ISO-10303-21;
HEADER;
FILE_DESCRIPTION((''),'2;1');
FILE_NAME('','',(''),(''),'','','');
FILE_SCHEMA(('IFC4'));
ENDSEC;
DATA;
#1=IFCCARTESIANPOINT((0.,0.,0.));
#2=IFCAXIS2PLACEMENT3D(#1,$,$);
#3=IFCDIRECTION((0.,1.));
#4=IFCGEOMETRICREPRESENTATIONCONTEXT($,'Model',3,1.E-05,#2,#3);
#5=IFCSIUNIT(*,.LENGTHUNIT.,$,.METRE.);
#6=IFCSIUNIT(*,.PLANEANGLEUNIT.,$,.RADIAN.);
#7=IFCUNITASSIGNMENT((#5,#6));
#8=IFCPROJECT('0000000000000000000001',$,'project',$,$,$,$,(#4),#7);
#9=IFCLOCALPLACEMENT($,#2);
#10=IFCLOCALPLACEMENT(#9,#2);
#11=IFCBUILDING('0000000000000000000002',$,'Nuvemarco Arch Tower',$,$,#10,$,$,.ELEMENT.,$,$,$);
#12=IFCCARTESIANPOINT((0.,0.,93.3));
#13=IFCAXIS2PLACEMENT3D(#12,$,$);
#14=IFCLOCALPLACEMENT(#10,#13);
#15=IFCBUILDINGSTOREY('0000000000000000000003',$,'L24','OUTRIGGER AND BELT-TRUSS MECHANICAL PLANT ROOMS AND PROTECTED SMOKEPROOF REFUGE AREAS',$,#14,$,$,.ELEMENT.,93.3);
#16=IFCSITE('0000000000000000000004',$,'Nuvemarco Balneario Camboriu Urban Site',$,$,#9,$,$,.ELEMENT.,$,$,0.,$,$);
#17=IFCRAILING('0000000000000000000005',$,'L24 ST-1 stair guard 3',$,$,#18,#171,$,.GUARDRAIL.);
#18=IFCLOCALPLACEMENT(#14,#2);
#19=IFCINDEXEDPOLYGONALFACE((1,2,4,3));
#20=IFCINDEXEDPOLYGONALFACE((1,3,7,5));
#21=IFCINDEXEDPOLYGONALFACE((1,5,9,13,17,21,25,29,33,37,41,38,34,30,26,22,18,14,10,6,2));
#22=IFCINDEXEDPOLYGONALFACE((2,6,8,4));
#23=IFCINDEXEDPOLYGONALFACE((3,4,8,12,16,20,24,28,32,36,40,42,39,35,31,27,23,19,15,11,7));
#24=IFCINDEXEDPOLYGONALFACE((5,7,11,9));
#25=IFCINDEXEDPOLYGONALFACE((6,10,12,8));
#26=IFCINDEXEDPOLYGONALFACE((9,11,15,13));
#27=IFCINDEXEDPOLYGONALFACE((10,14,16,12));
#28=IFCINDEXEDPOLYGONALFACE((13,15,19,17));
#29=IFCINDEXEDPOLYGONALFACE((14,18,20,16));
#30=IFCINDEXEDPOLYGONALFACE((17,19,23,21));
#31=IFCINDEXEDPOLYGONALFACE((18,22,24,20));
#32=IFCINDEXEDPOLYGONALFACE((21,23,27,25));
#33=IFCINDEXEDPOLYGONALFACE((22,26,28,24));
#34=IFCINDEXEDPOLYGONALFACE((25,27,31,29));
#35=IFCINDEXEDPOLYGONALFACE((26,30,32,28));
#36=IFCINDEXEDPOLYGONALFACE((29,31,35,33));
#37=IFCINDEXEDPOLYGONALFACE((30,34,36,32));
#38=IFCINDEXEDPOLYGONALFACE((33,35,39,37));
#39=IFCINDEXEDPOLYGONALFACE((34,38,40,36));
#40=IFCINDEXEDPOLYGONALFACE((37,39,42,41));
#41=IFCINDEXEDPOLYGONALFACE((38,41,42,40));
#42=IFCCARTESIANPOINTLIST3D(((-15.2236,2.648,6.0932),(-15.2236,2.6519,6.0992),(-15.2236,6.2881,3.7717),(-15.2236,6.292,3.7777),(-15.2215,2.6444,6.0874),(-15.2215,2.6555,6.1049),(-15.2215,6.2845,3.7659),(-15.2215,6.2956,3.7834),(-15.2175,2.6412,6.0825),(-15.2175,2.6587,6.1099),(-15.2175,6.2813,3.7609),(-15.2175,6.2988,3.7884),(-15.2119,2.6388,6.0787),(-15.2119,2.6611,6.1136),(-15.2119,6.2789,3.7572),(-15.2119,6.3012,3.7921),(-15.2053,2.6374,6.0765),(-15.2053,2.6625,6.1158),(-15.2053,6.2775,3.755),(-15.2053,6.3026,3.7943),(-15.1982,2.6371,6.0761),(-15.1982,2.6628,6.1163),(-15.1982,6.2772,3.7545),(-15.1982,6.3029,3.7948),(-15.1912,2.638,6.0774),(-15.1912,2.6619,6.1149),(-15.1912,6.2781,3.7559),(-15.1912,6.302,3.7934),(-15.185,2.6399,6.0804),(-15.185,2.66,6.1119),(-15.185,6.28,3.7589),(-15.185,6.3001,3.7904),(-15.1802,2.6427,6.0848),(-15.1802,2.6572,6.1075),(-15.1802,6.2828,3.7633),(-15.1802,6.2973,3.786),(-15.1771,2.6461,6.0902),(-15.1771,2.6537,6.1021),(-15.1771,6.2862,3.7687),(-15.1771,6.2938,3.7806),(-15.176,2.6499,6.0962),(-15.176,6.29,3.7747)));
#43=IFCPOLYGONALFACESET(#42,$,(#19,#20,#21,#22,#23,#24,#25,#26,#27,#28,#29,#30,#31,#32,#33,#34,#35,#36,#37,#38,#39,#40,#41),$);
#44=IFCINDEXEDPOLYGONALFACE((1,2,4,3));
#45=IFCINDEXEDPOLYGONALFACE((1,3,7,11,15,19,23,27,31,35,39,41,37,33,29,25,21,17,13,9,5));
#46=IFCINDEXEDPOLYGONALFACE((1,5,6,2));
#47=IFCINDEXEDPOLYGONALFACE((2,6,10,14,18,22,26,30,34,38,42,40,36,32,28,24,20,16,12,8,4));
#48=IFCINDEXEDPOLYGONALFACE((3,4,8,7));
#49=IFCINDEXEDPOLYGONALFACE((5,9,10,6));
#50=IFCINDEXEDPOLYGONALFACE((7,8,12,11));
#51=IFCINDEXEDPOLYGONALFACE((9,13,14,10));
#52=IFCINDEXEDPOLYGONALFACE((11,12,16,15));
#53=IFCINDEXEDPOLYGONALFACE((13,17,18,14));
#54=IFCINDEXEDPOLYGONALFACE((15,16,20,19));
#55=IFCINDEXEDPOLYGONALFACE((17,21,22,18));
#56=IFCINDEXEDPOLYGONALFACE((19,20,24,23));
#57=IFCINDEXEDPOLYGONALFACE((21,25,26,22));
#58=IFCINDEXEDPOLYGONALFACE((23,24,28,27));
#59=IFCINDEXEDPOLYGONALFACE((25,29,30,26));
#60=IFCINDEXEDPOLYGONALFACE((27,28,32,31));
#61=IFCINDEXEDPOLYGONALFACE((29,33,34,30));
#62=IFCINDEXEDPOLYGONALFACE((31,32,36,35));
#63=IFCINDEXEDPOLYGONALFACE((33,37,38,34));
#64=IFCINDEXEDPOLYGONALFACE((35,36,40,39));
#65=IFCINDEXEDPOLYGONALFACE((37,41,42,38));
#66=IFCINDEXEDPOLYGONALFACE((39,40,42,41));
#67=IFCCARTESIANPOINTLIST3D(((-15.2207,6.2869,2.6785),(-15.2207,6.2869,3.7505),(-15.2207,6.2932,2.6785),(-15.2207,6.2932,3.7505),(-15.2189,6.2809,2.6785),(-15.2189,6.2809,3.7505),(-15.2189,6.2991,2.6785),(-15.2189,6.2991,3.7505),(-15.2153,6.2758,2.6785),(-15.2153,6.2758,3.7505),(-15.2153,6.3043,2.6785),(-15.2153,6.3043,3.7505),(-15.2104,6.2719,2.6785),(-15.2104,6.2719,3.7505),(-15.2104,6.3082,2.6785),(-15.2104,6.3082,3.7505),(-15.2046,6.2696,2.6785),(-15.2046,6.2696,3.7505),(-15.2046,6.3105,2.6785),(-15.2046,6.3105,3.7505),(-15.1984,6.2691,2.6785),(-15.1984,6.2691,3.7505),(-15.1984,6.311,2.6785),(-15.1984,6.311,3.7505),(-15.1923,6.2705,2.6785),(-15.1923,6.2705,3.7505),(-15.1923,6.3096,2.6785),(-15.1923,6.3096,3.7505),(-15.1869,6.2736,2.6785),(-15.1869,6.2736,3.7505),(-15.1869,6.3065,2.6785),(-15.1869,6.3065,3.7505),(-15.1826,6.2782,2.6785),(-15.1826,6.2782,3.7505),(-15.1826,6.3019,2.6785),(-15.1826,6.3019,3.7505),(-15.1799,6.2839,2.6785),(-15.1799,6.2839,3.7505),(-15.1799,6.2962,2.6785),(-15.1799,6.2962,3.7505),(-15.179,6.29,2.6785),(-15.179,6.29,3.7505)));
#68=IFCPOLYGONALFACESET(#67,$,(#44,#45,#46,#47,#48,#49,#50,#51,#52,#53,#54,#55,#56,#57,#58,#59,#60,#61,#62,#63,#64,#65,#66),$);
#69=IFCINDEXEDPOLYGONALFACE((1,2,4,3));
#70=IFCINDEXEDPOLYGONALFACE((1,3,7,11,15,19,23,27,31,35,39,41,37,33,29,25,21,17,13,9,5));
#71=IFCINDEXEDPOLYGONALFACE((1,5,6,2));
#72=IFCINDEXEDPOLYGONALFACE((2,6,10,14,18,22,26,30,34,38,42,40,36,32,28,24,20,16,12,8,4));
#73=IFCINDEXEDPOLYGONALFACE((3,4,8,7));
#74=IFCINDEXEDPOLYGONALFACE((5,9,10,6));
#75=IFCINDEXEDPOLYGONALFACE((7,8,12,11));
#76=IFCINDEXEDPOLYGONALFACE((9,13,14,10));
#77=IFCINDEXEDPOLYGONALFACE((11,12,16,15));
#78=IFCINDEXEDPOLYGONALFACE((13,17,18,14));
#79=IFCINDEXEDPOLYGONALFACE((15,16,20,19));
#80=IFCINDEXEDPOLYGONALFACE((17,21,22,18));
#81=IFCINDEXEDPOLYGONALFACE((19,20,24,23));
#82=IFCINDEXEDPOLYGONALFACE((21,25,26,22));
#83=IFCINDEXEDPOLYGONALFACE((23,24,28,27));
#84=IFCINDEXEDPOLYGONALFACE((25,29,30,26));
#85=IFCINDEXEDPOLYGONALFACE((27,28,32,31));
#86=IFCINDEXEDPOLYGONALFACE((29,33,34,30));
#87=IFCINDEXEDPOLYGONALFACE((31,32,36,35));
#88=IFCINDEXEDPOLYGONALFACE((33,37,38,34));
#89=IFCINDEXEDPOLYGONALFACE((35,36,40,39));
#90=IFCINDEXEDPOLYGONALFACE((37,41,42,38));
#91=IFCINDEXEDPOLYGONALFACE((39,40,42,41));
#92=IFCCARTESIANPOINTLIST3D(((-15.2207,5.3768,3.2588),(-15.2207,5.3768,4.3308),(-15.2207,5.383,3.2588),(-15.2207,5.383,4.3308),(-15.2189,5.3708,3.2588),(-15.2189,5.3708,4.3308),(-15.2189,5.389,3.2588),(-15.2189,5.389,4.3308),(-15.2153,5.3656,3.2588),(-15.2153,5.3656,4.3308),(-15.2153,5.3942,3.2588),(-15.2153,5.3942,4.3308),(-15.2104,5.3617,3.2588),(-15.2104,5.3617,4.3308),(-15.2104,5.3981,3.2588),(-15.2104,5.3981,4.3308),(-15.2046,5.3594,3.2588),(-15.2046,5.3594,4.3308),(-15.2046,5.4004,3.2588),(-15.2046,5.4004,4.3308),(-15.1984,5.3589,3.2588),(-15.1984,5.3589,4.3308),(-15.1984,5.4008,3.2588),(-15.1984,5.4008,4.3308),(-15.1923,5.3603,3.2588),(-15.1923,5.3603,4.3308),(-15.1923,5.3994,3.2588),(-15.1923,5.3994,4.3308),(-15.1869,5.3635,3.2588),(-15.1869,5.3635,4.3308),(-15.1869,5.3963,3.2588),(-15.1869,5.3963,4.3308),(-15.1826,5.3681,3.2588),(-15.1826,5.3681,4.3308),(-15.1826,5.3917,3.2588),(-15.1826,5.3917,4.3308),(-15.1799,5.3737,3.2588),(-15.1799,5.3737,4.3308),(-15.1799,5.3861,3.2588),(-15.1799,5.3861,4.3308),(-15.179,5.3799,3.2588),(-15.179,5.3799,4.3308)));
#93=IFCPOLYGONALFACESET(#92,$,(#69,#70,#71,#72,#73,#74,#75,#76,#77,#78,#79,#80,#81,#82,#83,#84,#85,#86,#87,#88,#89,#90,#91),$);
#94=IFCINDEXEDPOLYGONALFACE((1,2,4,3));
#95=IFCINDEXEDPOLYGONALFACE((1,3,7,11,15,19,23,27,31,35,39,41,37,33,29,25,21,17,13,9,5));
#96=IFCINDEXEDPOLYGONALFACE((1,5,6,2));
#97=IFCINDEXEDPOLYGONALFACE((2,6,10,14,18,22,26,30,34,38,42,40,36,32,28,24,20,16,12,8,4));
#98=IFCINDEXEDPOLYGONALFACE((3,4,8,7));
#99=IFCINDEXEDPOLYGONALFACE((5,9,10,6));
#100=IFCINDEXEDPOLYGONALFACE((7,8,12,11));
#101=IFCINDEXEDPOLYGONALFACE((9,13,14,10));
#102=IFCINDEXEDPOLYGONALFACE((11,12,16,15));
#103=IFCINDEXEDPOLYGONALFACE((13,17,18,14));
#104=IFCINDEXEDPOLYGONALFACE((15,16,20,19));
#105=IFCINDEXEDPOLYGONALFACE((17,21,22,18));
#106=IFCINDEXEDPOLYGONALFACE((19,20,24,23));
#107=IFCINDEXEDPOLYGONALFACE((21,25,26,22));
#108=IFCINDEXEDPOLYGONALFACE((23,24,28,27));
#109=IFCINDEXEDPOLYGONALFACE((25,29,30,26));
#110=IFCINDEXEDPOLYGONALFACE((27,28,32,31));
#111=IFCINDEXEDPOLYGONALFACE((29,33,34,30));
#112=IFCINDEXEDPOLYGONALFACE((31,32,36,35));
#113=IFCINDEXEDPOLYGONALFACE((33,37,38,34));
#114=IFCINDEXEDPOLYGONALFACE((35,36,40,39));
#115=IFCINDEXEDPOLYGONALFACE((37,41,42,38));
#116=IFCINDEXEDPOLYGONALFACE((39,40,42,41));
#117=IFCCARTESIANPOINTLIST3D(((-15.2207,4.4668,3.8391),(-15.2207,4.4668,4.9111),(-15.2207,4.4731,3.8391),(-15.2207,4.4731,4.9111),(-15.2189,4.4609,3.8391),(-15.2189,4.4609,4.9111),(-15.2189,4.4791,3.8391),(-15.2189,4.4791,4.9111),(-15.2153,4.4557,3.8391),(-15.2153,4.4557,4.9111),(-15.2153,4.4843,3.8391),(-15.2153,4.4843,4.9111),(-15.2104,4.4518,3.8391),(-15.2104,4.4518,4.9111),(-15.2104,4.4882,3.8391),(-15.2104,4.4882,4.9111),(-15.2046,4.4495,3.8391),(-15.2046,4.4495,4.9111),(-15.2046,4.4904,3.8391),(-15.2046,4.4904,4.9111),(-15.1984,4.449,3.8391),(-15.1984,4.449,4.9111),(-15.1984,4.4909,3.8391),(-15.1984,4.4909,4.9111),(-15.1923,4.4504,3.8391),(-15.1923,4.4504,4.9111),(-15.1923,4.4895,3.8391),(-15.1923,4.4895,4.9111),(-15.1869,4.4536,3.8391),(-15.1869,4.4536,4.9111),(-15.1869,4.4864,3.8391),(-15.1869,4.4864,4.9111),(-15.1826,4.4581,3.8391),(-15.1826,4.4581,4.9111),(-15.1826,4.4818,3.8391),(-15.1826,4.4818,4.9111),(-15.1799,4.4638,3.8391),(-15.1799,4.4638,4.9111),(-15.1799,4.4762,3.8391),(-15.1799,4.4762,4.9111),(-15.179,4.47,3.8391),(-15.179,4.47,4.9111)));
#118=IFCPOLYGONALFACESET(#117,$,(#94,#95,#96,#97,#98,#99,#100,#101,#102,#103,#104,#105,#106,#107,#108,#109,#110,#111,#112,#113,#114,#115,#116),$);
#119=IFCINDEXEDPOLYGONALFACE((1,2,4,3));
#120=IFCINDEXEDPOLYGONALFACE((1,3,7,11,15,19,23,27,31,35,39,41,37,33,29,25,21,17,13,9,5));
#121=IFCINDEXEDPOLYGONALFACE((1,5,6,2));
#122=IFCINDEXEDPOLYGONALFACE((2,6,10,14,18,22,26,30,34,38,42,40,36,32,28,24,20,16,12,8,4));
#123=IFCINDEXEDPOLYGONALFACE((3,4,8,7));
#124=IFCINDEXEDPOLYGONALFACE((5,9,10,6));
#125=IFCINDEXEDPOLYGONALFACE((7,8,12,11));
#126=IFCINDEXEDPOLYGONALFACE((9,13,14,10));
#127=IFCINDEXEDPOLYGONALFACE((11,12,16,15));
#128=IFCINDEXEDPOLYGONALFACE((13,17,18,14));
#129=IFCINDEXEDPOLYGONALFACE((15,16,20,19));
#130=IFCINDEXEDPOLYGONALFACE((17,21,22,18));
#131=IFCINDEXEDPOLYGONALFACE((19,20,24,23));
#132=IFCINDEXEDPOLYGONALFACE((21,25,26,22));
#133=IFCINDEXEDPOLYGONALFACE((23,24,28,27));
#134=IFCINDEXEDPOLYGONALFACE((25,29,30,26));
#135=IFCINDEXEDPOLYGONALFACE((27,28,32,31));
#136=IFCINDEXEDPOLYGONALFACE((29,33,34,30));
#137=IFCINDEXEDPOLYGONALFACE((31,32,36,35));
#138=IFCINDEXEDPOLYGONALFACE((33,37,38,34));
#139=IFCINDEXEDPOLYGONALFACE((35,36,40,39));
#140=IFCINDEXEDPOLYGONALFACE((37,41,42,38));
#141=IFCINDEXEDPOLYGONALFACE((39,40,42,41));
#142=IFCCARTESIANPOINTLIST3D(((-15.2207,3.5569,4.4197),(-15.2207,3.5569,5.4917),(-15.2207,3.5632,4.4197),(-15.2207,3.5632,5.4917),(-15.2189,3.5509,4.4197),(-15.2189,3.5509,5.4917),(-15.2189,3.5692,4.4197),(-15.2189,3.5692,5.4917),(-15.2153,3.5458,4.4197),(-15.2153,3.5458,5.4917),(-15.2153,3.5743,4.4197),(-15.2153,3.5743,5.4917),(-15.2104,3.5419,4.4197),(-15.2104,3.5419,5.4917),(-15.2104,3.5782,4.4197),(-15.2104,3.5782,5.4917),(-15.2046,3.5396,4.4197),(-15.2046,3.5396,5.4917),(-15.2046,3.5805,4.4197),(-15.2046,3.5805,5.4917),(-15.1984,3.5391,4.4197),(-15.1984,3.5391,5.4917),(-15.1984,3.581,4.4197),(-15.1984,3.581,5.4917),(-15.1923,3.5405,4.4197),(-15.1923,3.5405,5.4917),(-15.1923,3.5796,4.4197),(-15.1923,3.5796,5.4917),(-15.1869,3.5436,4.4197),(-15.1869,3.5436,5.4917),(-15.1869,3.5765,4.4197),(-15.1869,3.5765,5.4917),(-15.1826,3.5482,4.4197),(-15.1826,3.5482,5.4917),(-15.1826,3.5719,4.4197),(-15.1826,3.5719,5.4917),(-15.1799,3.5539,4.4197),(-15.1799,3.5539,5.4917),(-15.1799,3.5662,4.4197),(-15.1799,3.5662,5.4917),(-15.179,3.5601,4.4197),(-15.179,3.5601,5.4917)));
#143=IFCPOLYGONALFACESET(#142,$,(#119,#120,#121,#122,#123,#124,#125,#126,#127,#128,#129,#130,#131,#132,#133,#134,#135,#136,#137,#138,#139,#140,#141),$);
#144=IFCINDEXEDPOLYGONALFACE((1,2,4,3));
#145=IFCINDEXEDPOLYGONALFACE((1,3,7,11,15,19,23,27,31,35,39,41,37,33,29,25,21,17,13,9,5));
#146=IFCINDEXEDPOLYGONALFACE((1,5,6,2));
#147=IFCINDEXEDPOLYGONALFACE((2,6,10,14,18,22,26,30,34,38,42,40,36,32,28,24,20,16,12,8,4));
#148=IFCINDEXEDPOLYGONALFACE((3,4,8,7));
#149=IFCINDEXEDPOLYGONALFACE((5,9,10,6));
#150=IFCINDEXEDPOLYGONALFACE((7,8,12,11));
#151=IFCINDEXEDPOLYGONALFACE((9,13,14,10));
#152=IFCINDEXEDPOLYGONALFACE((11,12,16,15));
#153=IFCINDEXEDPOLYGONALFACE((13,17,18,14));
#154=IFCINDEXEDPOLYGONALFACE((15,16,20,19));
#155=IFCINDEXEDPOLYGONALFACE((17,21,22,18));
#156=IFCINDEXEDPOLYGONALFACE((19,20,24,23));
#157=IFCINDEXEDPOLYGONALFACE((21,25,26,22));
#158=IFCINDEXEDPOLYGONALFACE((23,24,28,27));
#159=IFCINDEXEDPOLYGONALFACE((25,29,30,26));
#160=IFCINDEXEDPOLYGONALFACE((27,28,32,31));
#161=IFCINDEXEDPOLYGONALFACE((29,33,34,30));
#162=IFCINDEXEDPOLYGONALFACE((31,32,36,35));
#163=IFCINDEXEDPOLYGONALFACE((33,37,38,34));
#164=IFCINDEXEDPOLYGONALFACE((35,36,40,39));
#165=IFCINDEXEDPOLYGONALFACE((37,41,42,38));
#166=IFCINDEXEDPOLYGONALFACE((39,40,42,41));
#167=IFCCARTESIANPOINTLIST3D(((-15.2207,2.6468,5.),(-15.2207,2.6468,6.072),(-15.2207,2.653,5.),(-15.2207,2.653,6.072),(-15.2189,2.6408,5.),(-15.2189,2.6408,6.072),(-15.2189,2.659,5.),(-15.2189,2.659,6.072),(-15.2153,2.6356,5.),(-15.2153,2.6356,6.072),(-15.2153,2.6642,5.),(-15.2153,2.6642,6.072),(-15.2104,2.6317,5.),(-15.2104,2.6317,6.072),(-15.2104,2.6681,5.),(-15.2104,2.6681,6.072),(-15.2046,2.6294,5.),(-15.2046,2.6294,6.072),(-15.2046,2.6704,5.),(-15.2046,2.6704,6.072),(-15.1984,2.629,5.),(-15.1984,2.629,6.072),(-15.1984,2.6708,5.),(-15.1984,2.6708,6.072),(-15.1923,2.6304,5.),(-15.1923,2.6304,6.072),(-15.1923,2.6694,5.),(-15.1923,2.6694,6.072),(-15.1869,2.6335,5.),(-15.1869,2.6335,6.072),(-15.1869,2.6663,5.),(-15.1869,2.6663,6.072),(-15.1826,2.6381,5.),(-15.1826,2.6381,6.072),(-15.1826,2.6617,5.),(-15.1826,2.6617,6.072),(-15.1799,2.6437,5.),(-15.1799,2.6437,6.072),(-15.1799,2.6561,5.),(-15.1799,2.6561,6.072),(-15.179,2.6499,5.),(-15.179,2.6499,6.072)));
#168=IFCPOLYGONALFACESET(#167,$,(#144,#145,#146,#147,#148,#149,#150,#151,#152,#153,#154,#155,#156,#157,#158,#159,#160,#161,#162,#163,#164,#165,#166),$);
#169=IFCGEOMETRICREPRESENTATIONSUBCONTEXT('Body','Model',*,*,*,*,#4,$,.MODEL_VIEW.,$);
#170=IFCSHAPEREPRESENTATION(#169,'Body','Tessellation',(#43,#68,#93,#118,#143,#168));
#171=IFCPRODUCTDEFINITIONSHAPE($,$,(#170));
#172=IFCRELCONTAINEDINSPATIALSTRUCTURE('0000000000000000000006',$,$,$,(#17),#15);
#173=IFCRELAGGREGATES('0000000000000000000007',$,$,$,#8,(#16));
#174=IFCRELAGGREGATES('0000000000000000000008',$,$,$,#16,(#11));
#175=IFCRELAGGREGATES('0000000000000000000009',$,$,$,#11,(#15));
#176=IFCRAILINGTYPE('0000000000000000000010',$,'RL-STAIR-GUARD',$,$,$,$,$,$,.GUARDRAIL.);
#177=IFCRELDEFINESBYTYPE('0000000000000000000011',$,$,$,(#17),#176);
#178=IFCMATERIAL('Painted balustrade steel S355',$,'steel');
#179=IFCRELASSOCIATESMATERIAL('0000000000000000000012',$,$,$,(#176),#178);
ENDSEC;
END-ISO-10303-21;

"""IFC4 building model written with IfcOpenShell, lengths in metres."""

from ifc_helpers import new_model, si_unit, direction, frame, origin, origin_2d, place, context, subcontext, project, spatial, circle, extrude, material, type_object, element, save


model = new_model("IFC4")

# Units and contexts
model_context = context("Model", 3, precision=1e-05, world=origin(), true_north=direction((0.0, 1.0)))
body_context = subcontext(model_context, "Body", "Model", "MODEL_VIEW")
ifc_project = project(units=[si_unit("LENGTHUNIT", "METRE"), si_unit("PLANEANGLEUNIT", "RADIAN")], contexts=[model_context])

# Site, building, storey
site_placement = place(None, origin())
site = spatial("IfcSite", under=ifc_project, at=site_placement, Name="Nuvemarco Balneario Camboriu Urban Site", CompositionType="ELEMENT", RefElevation=0.0)
building_placement = place(site_placement, origin())
building = spatial("IfcBuilding", under=site, at=building_placement, Name="Nuvemarco Arch Tower", CompositionType="ELEMENT")
storey_placement = place(building_placement, frame((0.0, 0.0, 93.3)))
storey = spatial("IfcBuildingStorey", under=building, at=storey_placement, Name="L24", Description="OUTRIGGER AND BELT-TRUSS MECHANICAL PLANT ROOMS AND PROTECTED SMOKEPROOF REFUGE AREAS", CompositionType="ELEMENT", Elevation=93.3)

# Railing
ifc_material_1 = material(Name="Painted balustrade steel S355", Category="steel")
railing_type_1 = type_object("IfcRailingType", Name="RL-STAIR-GUARD", PredefinedType="GUARDRAIL", material=ifc_material_1)
railing_1_placement = place(storey_placement, frame((-15.2, 6.29, 2.6785)))
element("IfcRailing", 1, at=railing_1_placement, inside=storey, type_object=railing_type_1, Name="L24 ST-1 stair guard 3", PredefinedType="GUARDRAIL", context=body_context, shape_type="SweptSolid", body=[
    extrude(circle(Radius=0.0239, at=origin_2d()), frame((0.0, 0.0, 1.0962), z_axis=(0.0, -0.843128, 0.537713), x_axis=(1.0, 0.0, 0.0)), (0.0, 0.0, 1.0), 4.3174),
    extrude(circle(Radius=0.021, at=origin_2d()), origin(), (0.0, 0.0, 1.0), 1.072),
    extrude(circle(Radius=0.021, at=origin_2d()), frame((0.0, -0.9102, 0.5803)), (0.0, 0.0, 1.0), 1.072),
    extrude(circle(Radius=0.021, at=origin_2d()), frame((0.0, -1.8201, 1.1606)), (0.0, 0.0, 1.0), 1.072),
    extrude(circle(Radius=0.021, at=origin_2d()), frame((0.0, -2.73, 1.7412)), (0.0, 0.0, 1.0), 1.072),
    extrude(circle(Radius=0.021, at=origin_2d()), frame((0.0, -3.6401, 2.3215)), (0.0, 0.0, 1.0), 1.072),
])

save(model, "model.ifc")
